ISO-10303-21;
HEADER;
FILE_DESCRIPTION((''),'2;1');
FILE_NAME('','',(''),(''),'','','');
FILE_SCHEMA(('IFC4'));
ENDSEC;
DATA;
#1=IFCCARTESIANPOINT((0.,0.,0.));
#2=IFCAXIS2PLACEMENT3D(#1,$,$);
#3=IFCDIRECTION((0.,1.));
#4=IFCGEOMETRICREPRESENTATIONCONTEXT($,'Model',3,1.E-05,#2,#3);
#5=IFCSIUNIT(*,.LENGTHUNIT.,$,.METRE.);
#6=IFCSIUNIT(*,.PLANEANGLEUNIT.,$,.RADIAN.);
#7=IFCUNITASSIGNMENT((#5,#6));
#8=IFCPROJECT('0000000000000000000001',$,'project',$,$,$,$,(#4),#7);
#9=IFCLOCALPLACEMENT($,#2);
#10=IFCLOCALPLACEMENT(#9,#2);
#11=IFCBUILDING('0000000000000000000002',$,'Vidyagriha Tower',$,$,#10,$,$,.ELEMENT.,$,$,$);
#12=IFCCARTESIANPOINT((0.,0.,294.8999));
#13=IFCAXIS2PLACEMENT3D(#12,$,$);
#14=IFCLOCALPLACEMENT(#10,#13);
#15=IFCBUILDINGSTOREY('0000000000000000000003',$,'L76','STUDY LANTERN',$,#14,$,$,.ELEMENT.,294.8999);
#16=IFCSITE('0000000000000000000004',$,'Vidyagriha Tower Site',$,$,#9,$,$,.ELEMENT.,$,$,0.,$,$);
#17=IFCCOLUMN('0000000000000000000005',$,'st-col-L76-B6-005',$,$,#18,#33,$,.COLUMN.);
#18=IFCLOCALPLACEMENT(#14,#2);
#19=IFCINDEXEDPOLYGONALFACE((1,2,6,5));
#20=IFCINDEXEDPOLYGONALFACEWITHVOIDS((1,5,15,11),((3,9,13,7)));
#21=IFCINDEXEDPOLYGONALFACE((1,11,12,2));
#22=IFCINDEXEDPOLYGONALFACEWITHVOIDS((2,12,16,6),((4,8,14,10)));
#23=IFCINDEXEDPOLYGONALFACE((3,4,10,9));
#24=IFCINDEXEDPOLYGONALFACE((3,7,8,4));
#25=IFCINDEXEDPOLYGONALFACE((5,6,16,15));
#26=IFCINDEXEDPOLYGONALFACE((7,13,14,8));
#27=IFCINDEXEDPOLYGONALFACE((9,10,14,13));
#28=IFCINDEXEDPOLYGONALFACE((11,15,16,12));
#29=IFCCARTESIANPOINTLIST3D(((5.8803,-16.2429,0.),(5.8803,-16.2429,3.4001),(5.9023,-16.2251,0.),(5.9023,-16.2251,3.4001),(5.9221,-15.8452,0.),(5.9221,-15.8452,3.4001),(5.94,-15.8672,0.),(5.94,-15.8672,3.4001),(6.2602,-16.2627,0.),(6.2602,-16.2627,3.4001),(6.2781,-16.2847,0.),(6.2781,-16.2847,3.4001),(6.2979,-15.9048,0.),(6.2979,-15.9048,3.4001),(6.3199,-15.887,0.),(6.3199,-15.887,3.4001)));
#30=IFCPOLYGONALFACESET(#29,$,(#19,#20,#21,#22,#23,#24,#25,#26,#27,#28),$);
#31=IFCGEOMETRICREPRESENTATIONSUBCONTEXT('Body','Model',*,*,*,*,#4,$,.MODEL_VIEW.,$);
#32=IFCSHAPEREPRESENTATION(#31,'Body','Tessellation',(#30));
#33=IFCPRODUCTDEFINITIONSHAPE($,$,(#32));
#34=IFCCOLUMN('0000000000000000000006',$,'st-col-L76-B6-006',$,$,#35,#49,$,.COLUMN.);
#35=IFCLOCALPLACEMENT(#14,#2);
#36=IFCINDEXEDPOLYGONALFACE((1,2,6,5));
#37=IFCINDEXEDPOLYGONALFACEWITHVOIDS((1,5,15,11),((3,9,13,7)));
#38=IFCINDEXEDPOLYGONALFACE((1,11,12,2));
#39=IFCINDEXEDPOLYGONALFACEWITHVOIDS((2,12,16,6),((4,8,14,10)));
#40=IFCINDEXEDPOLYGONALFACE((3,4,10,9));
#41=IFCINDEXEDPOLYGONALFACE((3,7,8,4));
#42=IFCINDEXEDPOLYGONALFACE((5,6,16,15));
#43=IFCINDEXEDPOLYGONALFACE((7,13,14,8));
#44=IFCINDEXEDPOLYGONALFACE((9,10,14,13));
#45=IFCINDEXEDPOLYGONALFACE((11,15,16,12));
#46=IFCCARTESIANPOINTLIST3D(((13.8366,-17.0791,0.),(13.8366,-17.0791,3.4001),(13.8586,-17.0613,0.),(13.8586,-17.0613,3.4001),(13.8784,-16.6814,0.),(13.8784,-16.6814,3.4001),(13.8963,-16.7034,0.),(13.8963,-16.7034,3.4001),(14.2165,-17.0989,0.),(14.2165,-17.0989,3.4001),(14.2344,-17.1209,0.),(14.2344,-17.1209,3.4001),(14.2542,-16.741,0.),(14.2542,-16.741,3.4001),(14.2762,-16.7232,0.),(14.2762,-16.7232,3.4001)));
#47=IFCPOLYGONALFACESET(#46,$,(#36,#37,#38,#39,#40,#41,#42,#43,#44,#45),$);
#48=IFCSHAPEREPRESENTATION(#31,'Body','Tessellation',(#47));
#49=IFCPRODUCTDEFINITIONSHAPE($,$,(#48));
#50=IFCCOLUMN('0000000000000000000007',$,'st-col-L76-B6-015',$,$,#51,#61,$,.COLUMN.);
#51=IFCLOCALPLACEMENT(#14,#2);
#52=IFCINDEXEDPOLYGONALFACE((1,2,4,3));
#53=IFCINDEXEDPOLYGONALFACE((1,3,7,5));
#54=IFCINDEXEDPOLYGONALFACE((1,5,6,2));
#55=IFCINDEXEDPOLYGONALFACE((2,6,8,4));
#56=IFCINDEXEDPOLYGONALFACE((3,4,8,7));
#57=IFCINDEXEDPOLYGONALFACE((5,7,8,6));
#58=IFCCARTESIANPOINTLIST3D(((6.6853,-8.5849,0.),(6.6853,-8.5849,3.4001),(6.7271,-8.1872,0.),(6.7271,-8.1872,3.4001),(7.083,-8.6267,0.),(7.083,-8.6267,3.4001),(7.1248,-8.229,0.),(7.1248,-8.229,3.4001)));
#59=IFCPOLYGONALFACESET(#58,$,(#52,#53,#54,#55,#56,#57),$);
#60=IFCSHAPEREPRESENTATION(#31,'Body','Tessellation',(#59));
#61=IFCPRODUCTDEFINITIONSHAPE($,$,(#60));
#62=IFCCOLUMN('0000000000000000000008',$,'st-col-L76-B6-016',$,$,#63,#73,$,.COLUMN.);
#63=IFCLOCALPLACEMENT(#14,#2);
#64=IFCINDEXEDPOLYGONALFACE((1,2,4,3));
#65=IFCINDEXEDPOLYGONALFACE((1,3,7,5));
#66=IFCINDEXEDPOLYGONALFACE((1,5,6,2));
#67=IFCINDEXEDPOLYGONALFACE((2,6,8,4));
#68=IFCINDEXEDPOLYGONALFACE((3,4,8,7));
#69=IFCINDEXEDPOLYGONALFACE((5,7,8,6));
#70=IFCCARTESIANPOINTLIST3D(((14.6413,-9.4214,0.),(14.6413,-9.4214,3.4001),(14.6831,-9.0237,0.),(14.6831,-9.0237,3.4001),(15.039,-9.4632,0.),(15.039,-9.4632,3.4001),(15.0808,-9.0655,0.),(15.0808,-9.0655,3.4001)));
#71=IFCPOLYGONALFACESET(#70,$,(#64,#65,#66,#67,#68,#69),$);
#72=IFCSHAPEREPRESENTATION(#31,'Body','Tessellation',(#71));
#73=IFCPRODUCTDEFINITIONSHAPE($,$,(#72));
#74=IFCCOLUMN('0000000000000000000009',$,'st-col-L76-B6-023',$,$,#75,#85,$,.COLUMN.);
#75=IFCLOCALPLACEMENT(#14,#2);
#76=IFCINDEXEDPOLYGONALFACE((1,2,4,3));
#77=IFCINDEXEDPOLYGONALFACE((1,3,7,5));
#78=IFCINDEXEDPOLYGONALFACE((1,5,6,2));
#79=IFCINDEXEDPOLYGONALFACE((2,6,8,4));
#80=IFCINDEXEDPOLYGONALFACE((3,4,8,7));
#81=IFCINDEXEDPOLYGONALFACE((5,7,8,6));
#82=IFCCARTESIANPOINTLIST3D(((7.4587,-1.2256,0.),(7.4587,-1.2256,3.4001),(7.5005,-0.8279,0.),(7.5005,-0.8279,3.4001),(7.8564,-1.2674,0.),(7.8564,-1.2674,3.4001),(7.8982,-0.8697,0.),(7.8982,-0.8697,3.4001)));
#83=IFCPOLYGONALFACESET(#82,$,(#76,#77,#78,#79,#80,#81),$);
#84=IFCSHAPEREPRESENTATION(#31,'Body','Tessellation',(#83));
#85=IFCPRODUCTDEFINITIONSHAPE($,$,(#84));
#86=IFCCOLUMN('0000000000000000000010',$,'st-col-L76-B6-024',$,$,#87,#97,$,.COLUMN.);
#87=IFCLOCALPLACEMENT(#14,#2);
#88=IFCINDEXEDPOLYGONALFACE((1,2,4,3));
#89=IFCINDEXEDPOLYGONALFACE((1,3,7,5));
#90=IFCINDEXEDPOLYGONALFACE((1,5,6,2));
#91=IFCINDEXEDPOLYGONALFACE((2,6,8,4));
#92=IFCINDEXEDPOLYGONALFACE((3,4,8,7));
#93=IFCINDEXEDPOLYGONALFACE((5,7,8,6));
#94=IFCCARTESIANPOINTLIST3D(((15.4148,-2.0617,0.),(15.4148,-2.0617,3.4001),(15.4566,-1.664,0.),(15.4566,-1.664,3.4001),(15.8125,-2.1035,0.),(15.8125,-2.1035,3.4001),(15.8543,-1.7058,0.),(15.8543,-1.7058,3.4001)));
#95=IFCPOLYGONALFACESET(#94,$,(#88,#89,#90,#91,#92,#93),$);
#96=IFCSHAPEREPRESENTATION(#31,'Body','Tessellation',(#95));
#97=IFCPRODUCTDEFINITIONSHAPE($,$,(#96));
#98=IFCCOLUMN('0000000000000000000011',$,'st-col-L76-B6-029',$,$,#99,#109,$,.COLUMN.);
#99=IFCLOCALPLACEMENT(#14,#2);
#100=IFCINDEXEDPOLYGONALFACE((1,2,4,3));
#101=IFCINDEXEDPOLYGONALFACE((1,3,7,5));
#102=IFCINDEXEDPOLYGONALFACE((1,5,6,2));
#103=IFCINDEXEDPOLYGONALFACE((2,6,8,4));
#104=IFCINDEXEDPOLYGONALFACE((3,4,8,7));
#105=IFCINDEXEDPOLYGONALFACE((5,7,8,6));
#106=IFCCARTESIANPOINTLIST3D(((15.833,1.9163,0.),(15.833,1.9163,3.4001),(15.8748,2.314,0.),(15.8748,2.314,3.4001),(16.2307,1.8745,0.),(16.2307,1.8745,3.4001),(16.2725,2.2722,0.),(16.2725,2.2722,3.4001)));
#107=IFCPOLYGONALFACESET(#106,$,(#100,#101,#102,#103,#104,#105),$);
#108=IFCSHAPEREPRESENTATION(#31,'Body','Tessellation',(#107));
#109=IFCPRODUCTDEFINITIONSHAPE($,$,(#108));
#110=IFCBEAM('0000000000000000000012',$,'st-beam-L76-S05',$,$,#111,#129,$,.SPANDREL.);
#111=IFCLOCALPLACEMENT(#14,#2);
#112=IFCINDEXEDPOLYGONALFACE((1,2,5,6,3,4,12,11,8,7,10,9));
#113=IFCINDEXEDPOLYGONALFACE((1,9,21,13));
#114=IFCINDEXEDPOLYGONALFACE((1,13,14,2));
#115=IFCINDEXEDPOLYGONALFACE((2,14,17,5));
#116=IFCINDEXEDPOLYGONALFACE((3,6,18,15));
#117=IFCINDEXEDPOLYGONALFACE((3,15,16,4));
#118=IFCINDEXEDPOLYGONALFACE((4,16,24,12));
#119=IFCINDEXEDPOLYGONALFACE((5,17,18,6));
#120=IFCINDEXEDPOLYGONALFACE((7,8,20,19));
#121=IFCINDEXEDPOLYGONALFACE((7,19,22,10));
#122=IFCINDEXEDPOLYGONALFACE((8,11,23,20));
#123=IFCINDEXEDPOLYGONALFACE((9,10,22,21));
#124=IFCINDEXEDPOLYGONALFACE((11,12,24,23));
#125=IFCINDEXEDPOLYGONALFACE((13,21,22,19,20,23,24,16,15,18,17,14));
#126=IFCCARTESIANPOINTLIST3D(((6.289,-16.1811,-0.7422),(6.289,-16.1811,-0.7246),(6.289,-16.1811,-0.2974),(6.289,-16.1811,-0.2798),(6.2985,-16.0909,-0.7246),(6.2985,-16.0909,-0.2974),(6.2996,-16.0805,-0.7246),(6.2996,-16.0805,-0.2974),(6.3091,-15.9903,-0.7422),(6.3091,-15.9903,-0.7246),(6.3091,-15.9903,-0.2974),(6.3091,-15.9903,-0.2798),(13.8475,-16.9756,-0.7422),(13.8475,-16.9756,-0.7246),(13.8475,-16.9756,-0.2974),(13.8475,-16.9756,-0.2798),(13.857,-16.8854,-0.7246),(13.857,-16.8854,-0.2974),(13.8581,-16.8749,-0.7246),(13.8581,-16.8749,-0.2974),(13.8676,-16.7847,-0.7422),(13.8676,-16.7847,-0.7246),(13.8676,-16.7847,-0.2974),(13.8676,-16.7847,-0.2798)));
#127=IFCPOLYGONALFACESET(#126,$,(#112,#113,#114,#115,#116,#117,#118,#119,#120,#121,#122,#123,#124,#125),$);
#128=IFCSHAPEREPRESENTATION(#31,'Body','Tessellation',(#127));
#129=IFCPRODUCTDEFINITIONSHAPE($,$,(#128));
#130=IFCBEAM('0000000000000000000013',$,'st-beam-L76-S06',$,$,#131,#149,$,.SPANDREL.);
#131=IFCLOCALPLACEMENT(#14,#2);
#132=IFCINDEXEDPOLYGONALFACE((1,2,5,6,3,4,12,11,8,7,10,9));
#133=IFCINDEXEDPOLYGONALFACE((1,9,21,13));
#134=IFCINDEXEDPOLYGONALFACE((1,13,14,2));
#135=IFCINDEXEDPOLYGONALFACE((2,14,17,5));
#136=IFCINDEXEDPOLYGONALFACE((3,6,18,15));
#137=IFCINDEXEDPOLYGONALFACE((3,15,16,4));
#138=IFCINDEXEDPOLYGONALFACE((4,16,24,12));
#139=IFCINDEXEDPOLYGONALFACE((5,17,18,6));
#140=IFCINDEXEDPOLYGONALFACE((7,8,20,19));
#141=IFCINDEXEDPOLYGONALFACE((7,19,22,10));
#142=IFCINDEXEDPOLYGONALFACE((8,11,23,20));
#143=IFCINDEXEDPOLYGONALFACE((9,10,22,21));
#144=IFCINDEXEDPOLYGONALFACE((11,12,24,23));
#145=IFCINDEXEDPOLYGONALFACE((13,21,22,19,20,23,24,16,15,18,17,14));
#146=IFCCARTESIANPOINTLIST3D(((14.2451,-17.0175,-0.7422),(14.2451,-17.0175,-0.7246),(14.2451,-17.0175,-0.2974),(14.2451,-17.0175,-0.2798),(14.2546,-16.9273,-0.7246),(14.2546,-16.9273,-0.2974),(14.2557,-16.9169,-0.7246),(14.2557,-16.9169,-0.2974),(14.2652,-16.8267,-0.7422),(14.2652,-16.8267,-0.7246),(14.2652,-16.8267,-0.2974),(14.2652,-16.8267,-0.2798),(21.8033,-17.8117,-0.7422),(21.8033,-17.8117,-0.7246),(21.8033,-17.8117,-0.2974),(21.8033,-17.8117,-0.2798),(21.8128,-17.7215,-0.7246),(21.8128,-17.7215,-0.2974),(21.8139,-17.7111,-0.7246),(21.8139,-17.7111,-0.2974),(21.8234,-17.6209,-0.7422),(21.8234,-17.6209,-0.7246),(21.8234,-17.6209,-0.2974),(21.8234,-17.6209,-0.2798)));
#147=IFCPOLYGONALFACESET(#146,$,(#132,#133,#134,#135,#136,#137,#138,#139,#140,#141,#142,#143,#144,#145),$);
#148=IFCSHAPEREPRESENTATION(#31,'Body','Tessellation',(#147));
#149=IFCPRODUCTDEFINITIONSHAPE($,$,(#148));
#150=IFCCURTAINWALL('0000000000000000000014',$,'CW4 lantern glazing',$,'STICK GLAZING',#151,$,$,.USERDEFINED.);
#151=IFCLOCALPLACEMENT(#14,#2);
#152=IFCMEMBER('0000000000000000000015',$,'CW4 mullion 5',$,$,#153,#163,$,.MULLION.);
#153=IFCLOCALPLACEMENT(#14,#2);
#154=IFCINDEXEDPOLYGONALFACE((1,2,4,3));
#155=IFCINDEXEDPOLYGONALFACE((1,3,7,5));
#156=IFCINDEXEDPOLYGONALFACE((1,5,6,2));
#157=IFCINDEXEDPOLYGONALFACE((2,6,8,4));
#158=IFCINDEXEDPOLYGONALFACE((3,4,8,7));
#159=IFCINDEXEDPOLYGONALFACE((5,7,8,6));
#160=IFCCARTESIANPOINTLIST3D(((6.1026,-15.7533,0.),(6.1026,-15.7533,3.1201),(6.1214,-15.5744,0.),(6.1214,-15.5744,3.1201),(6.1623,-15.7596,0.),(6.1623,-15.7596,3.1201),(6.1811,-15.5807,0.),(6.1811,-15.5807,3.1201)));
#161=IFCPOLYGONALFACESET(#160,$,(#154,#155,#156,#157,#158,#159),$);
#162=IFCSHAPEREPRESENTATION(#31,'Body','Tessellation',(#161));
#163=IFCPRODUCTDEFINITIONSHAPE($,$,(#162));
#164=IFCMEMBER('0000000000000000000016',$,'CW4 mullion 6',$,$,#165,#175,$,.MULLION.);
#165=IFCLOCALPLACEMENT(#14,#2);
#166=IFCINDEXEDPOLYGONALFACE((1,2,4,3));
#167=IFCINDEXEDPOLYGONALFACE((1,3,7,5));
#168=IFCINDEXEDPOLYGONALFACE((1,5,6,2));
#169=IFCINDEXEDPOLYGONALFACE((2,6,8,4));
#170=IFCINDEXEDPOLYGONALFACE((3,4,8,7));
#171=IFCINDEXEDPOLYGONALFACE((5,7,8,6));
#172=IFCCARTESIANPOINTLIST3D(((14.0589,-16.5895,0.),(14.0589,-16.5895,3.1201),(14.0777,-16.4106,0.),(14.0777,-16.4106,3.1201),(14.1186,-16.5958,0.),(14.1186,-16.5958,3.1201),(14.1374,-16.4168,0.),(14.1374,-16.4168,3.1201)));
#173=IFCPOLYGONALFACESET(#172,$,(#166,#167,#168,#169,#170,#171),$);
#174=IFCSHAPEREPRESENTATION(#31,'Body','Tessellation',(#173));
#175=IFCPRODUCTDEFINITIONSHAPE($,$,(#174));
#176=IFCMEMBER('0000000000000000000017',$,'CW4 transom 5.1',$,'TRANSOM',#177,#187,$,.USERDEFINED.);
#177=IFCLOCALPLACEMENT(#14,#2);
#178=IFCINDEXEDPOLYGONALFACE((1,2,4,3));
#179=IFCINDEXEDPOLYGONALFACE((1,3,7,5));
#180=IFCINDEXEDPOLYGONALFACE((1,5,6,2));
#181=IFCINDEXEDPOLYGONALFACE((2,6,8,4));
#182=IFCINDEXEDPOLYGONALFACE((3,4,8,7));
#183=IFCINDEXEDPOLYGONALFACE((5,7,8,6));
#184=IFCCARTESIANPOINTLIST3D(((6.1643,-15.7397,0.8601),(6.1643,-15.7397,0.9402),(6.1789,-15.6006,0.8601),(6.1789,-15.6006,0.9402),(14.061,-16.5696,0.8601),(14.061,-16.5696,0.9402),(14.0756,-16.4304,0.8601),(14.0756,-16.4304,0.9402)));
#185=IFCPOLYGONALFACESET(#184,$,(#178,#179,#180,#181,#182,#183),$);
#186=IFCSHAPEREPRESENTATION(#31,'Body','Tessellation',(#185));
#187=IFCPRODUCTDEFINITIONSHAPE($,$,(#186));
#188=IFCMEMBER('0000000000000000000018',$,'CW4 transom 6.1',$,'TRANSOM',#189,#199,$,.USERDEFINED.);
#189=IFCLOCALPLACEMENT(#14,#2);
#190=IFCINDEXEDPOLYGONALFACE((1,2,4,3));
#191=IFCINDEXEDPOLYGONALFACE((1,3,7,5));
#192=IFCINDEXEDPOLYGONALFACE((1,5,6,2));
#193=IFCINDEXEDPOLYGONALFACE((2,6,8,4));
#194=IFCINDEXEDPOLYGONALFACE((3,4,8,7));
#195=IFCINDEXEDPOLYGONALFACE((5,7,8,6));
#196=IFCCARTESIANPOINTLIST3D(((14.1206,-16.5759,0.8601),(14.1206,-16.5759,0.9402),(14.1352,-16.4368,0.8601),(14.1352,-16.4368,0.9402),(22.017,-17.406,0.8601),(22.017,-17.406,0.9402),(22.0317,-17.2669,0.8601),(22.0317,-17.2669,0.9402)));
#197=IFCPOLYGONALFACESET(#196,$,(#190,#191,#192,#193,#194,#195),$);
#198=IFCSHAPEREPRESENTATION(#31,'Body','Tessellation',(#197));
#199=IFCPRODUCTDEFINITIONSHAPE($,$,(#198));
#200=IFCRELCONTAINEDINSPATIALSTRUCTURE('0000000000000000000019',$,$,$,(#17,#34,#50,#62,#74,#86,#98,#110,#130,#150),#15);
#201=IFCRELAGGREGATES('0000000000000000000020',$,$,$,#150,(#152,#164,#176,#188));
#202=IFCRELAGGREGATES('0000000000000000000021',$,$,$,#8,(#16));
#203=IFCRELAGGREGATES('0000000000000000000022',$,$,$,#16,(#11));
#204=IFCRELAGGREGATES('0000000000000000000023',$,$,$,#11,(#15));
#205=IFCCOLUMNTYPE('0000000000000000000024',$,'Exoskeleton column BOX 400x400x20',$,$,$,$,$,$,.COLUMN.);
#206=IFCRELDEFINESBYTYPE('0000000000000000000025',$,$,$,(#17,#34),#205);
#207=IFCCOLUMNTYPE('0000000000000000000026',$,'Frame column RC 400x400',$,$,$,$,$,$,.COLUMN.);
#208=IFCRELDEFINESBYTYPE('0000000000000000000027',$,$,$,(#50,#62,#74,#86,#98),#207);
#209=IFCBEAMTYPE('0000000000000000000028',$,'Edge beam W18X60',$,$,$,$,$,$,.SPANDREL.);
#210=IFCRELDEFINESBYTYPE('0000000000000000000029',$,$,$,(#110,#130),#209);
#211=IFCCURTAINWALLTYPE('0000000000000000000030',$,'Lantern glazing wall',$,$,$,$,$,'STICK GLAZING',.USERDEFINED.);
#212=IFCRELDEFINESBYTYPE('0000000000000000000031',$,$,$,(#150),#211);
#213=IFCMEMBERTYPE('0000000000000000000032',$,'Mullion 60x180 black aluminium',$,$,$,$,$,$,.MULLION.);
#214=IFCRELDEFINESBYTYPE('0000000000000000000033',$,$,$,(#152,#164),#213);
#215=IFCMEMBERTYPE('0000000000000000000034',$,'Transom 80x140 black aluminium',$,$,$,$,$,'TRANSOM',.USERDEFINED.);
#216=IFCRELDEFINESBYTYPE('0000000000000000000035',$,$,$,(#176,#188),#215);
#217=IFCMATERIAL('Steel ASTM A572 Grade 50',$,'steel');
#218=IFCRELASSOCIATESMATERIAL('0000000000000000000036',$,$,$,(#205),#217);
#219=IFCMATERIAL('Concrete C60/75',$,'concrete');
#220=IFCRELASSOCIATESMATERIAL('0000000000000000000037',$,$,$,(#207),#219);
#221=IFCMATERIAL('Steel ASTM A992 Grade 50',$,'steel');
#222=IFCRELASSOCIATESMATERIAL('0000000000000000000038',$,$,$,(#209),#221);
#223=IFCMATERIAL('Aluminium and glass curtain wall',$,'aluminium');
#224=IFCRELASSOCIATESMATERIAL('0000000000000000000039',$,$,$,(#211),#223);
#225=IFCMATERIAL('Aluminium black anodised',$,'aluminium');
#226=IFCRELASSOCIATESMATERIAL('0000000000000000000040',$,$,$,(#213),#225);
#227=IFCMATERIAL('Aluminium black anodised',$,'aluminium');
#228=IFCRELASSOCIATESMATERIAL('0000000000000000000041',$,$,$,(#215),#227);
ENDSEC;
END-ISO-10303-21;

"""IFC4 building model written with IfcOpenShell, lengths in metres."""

from ifc_helpers import new_model, si_unit, direction, frame, origin, origin_2d, place, context, subcontext, project, spatial, rectangle, hollow_rectangle, i_section, extrude, material, material_profile, profile_set, type_object, element, aggregate, save


model = new_model("IFC4")

# Units and contexts
model_context = context("Model", 3, precision=1e-05, world=origin(), true_north=direction((0.0, 1.0)))
body_context = subcontext(model_context, "Body", "Model", "MODEL_VIEW")
ifc_project = project(units=[si_unit("LENGTHUNIT", "METRE"), si_unit("PLANEANGLEUNIT", "RADIAN")], contexts=[model_context])

# Site, building, storey
site_placement = place(None, origin())
site = spatial("IfcSite", under=ifc_project, at=site_placement, Name="Vidyagriha Tower Site", CompositionType="ELEMENT", RefElevation=0.0)
building_placement = place(site_placement, origin())
building = spatial("IfcBuilding", under=site, at=building_placement, Name="Vidyagriha Tower", CompositionType="ELEMENT")
storey_placement = place(building_placement, frame((0.0, 0.0, 294.8999)))
storey = spatial("IfcBuildingStorey", under=building, at=storey_placement, Name="L76", Description="STUDY LANTERN", CompositionType="ELEMENT", Elevation=294.8999)

# Columns
ifc_material_1 = material(Name="Steel ASTM A572 Grade 50", Category="steel")
ifc_material_profile_1 = material_profile(ifc_material_1, hollow_rectangle(XDim=0.3999, YDim=0.3999, WallThickness=0.02, at=origin_2d()), Name="BOX 400x400x20")
ifc_profile_set_1 = profile_set([ifc_material_profile_1], Name="Steel ASTM A572 Grade 50")
column_type_1 = type_object("IfcColumnType", Name="Exoskeleton column BOX 400x400x20", PredefinedType="COLUMN", material=ifc_profile_set_1)
for number, where, z_axis, x_axis, name in (
    (1, (6.1001, -16.0649, 0.0), (0.0, 0.0, 1.0), (0.994522, -0.104528, 0.0), "st-col-L76-B6-005"),
    (2, (14.0564, -16.9011, 0.0), (0.0, 0.0, 1.0), (0.994522, -0.104528, 0.0), "st-col-L76-B6-006"),
):
    element("IfcColumn", number, at=place(storey_placement, frame(where, z_axis=z_axis, x_axis=x_axis)), inside=storey, type_object=column_type_1, Name=name, PredefinedType="COLUMN", context=body_context, shape_type="SweptSolid", body=[
        extrude(hollow_rectangle(XDim=0.3999, YDim=0.3999, WallThickness=0.02, at=origin_2d()), origin(), (0.0, 0.0, 1.0), 3.4001),
    ])
ifc_material_2 = material(Name="Concrete C60/75", Category="concrete")
ifc_material_profile_2 = material_profile(ifc_material_2, rectangle(XDim=0.3999, YDim=0.3999, at=origin_2d()), Name="RC 400x400")
ifc_profile_set_2 = profile_set([ifc_material_profile_2], Name="Concrete C60/75")
column_type_2 = type_object("IfcColumnType", Name="Frame column RC 400x400", PredefinedType="COLUMN", material=ifc_profile_set_2)
for number, where, z_axis, x_axis, name in (
    (3, (6.905, -8.407, 0.0), (0.0, 0.0, 1.0), (0.994522, -0.104528, 0.0), "st-col-L76-B6-015"),
    (4, (14.8611, -9.2434, 0.0), (0.0, 0.0, 1.0), (0.994522, -0.104528, 0.0), "st-col-L76-B6-016"),
    (5, (7.6785, -1.0476, 0.0), (0.0, 0.0, 1.0), (0.994522, -0.104528, 0.0), "st-col-L76-B6-023"),
    (6, (15.6345, -1.8838, 0.0), (0.0, 0.0, 1.0), (0.994522, -0.104528, 0.0), "st-col-L76-B6-024"),
    (7, (16.0527, 2.0942, 0.0), (0.0, 0.0, 1.0), (0.994522, -0.104528, 0.0), "st-col-L76-B6-029"),
):
    element("IfcColumn", number, at=place(storey_placement, frame(where, z_axis=z_axis, x_axis=x_axis)), inside=storey, type_object=column_type_2, Name=name, PredefinedType="COLUMN", context=body_context, shape_type="SweptSolid", body=[
        extrude(rectangle(XDim=0.3999, YDim=0.3999, at=origin_2d()), origin(), (0.0, 0.0, 1.0), 3.4001),
    ])

# Beams
ifc_material_3 = material(Name="Steel ASTM A992 Grade 50", Category="steel")
ifc_material_profile_3 = material_profile(ifc_material_3, i_section(OverallWidth=0.1919, OverallDepth=0.4624, WebThickness=0.0105, FlangeThickness=0.0176, at=origin_2d()), Name="W18X60")
ifc_profile_set_3 = profile_set([ifc_material_profile_3], Name="Steel ASTM A992 Grade 50")
beam_type = type_object("IfcBeamType", Name="Edge beam W18X60", PredefinedType="SPANDREL", material=ifc_profile_set_3)
beam_1_placement = place(storey_placement, frame((6.2991, -16.0857, -0.511), z_axis=(0.994522, -0.104531, 0.0), x_axis=(0.104531, 0.994522, 0.0)))
element("IfcBeam", 8, at=beam_1_placement, inside=storey, type_object=beam_type, Name="st-beam-L76-S05", PredefinedType="SPANDREL", context=body_context, shape_type="SweptSolid", body=[
    extrude(i_section(OverallWidth=0.1919, OverallDepth=0.4624, WebThickness=0.0105, FlangeThickness=0.0176, at=origin_2d()), origin(), (0.0, 0.0, 1.0), 7.6001),
])
beam_2_placement = place(storey_placement, frame((14.2551, -16.9221, -0.511), z_axis=(0.994525, -0.104499, 0.0), x_axis=(0.104499, 0.994525, 0.0)))
element("IfcBeam", 9, at=beam_2_placement, inside=storey, type_object=beam_type, Name="st-beam-L76-S06", PredefinedType="SPANDREL", context=body_context, shape_type="SweptSolid", body=[
    extrude(i_section(OverallWidth=0.1919, OverallDepth=0.4624, WebThickness=0.0105, FlangeThickness=0.0176, at=origin_2d()), origin(), (0.0, 0.0, 1.0), 7.5999),
])

# Curtain wall, members
ifc_material_4 = material(Name="Aluminium and glass curtain wall", Category="aluminium")
curtain_wall_type = type_object("IfcCurtainWallType", Name="Lantern glazing wall", ElementType="STICK GLAZING", PredefinedType="USERDEFINED", material=ifc_material_4)
curtain_wall_placement = place(storey_placement, origin())
curtain_wall = element("IfcCurtainWall", 10, at=curtain_wall_placement, inside=storey, type_object=curtain_wall_type, Name="CW4 lantern glazing", ObjectType="STICK GLAZING", PredefinedType="USERDEFINED")
ifc_material_5 = material(Name="Aluminium black anodised", Category="aluminium")
ifc_material_profile_4 = material_profile(ifc_material_5, rectangle(XDim=0.1799, YDim=0.0601, at=origin_2d()), Name="Mullion 60x180 black aluminium")
ifc_profile_set_4 = profile_set([ifc_material_profile_4], Name="Aluminium black anodised")
member_type_1 = type_object("IfcMemberType", Name="Mullion 60x180 black aluminium", PredefinedType="MULLION", material=ifc_profile_set_4)
member_1_placement = place(storey_placement, frame((6.1418, -15.667, 0.0), z_axis=(0.0, 0.0, 1.0), x_axis=(0.104528, 0.994522, 0.0)))
member_1 = element("IfcMember", 11, at=member_1_placement, type_object=member_type_1, Name="CW4 mullion 5", PredefinedType="MULLION", context=body_context, shape_type="SweptSolid", body=[
    extrude(rectangle(XDim=0.1799, YDim=0.0601, at=origin_2d()), origin(), (0.0, 0.0, 1.0), 3.1201),
])
member_2_placement = place(storey_placement, frame((14.0981, -16.5032, 0.0), z_axis=(0.0, 0.0, 1.0), x_axis=(0.104528, 0.994522, 0.0)))
member_2 = element("IfcMember", 12, at=member_2_placement, type_object=member_type_1, Name="CW4 mullion 6", PredefinedType="MULLION", context=body_context, shape_type="SweptSolid", body=[
    extrude(rectangle(XDim=0.1799, YDim=0.0601, at=origin_2d()), origin(), (0.0, 0.0, 1.0), 3.1201),
])
ifc_material_6 = material(Name="Aluminium black anodised", Category="aluminium")
ifc_material_profile_5 = material_profile(ifc_material_6, rectangle(XDim=0.1399, YDim=0.0801, at=origin_2d()), Name="Transom 80x140 black aluminium")
ifc_profile_set_5 = profile_set([ifc_material_profile_5], Name="Aluminium black anodised")
member_type_2 = type_object("IfcMemberType", Name="Transom 80x140 black aluminium", ElementType="TRANSOM", PredefinedType="USERDEFINED", material=ifc_profile_set_5)
member_3_placement = place(storey_placement, frame((6.1716, -15.6702, 0.9001), z_axis=(0.994524, -0.10451, 0.0), x_axis=(0.10451, 0.994524, 0.0)))
member_3 = element("IfcMember", 13, at=member_3_placement, type_object=member_type_2, Name="CW4 transom 5.1", ObjectType="TRANSOM", PredefinedType="USERDEFINED", context=body_context, shape_type="SweptSolid", body=[
    extrude(rectangle(XDim=0.1399, YDim=0.0801, at=origin_2d()), origin(), (0.0, 0.0, 1.0), 7.9402),
])
member_4_placement = place(storey_placement, frame((14.1279, -16.5063, 0.9001), z_axis=(0.99452, -0.104544, 0.0), x_axis=(0.104544, 0.99452, 0.0)))
member_4 = element("IfcMember", 14, at=member_4_placement, type_object=member_type_2, Name="CW4 transom 6.1", ObjectType="TRANSOM", PredefinedType="USERDEFINED", context=body_context, shape_type="SweptSolid", body=[
    extrude(rectangle(XDim=0.1399, YDim=0.0801, at=origin_2d()), origin(), (0.0, 0.0, 1.0), 7.9399),
])
aggregate(curtain_wall, [member_1, member_2, member_3, member_4])

save(model, "model.ifc")
